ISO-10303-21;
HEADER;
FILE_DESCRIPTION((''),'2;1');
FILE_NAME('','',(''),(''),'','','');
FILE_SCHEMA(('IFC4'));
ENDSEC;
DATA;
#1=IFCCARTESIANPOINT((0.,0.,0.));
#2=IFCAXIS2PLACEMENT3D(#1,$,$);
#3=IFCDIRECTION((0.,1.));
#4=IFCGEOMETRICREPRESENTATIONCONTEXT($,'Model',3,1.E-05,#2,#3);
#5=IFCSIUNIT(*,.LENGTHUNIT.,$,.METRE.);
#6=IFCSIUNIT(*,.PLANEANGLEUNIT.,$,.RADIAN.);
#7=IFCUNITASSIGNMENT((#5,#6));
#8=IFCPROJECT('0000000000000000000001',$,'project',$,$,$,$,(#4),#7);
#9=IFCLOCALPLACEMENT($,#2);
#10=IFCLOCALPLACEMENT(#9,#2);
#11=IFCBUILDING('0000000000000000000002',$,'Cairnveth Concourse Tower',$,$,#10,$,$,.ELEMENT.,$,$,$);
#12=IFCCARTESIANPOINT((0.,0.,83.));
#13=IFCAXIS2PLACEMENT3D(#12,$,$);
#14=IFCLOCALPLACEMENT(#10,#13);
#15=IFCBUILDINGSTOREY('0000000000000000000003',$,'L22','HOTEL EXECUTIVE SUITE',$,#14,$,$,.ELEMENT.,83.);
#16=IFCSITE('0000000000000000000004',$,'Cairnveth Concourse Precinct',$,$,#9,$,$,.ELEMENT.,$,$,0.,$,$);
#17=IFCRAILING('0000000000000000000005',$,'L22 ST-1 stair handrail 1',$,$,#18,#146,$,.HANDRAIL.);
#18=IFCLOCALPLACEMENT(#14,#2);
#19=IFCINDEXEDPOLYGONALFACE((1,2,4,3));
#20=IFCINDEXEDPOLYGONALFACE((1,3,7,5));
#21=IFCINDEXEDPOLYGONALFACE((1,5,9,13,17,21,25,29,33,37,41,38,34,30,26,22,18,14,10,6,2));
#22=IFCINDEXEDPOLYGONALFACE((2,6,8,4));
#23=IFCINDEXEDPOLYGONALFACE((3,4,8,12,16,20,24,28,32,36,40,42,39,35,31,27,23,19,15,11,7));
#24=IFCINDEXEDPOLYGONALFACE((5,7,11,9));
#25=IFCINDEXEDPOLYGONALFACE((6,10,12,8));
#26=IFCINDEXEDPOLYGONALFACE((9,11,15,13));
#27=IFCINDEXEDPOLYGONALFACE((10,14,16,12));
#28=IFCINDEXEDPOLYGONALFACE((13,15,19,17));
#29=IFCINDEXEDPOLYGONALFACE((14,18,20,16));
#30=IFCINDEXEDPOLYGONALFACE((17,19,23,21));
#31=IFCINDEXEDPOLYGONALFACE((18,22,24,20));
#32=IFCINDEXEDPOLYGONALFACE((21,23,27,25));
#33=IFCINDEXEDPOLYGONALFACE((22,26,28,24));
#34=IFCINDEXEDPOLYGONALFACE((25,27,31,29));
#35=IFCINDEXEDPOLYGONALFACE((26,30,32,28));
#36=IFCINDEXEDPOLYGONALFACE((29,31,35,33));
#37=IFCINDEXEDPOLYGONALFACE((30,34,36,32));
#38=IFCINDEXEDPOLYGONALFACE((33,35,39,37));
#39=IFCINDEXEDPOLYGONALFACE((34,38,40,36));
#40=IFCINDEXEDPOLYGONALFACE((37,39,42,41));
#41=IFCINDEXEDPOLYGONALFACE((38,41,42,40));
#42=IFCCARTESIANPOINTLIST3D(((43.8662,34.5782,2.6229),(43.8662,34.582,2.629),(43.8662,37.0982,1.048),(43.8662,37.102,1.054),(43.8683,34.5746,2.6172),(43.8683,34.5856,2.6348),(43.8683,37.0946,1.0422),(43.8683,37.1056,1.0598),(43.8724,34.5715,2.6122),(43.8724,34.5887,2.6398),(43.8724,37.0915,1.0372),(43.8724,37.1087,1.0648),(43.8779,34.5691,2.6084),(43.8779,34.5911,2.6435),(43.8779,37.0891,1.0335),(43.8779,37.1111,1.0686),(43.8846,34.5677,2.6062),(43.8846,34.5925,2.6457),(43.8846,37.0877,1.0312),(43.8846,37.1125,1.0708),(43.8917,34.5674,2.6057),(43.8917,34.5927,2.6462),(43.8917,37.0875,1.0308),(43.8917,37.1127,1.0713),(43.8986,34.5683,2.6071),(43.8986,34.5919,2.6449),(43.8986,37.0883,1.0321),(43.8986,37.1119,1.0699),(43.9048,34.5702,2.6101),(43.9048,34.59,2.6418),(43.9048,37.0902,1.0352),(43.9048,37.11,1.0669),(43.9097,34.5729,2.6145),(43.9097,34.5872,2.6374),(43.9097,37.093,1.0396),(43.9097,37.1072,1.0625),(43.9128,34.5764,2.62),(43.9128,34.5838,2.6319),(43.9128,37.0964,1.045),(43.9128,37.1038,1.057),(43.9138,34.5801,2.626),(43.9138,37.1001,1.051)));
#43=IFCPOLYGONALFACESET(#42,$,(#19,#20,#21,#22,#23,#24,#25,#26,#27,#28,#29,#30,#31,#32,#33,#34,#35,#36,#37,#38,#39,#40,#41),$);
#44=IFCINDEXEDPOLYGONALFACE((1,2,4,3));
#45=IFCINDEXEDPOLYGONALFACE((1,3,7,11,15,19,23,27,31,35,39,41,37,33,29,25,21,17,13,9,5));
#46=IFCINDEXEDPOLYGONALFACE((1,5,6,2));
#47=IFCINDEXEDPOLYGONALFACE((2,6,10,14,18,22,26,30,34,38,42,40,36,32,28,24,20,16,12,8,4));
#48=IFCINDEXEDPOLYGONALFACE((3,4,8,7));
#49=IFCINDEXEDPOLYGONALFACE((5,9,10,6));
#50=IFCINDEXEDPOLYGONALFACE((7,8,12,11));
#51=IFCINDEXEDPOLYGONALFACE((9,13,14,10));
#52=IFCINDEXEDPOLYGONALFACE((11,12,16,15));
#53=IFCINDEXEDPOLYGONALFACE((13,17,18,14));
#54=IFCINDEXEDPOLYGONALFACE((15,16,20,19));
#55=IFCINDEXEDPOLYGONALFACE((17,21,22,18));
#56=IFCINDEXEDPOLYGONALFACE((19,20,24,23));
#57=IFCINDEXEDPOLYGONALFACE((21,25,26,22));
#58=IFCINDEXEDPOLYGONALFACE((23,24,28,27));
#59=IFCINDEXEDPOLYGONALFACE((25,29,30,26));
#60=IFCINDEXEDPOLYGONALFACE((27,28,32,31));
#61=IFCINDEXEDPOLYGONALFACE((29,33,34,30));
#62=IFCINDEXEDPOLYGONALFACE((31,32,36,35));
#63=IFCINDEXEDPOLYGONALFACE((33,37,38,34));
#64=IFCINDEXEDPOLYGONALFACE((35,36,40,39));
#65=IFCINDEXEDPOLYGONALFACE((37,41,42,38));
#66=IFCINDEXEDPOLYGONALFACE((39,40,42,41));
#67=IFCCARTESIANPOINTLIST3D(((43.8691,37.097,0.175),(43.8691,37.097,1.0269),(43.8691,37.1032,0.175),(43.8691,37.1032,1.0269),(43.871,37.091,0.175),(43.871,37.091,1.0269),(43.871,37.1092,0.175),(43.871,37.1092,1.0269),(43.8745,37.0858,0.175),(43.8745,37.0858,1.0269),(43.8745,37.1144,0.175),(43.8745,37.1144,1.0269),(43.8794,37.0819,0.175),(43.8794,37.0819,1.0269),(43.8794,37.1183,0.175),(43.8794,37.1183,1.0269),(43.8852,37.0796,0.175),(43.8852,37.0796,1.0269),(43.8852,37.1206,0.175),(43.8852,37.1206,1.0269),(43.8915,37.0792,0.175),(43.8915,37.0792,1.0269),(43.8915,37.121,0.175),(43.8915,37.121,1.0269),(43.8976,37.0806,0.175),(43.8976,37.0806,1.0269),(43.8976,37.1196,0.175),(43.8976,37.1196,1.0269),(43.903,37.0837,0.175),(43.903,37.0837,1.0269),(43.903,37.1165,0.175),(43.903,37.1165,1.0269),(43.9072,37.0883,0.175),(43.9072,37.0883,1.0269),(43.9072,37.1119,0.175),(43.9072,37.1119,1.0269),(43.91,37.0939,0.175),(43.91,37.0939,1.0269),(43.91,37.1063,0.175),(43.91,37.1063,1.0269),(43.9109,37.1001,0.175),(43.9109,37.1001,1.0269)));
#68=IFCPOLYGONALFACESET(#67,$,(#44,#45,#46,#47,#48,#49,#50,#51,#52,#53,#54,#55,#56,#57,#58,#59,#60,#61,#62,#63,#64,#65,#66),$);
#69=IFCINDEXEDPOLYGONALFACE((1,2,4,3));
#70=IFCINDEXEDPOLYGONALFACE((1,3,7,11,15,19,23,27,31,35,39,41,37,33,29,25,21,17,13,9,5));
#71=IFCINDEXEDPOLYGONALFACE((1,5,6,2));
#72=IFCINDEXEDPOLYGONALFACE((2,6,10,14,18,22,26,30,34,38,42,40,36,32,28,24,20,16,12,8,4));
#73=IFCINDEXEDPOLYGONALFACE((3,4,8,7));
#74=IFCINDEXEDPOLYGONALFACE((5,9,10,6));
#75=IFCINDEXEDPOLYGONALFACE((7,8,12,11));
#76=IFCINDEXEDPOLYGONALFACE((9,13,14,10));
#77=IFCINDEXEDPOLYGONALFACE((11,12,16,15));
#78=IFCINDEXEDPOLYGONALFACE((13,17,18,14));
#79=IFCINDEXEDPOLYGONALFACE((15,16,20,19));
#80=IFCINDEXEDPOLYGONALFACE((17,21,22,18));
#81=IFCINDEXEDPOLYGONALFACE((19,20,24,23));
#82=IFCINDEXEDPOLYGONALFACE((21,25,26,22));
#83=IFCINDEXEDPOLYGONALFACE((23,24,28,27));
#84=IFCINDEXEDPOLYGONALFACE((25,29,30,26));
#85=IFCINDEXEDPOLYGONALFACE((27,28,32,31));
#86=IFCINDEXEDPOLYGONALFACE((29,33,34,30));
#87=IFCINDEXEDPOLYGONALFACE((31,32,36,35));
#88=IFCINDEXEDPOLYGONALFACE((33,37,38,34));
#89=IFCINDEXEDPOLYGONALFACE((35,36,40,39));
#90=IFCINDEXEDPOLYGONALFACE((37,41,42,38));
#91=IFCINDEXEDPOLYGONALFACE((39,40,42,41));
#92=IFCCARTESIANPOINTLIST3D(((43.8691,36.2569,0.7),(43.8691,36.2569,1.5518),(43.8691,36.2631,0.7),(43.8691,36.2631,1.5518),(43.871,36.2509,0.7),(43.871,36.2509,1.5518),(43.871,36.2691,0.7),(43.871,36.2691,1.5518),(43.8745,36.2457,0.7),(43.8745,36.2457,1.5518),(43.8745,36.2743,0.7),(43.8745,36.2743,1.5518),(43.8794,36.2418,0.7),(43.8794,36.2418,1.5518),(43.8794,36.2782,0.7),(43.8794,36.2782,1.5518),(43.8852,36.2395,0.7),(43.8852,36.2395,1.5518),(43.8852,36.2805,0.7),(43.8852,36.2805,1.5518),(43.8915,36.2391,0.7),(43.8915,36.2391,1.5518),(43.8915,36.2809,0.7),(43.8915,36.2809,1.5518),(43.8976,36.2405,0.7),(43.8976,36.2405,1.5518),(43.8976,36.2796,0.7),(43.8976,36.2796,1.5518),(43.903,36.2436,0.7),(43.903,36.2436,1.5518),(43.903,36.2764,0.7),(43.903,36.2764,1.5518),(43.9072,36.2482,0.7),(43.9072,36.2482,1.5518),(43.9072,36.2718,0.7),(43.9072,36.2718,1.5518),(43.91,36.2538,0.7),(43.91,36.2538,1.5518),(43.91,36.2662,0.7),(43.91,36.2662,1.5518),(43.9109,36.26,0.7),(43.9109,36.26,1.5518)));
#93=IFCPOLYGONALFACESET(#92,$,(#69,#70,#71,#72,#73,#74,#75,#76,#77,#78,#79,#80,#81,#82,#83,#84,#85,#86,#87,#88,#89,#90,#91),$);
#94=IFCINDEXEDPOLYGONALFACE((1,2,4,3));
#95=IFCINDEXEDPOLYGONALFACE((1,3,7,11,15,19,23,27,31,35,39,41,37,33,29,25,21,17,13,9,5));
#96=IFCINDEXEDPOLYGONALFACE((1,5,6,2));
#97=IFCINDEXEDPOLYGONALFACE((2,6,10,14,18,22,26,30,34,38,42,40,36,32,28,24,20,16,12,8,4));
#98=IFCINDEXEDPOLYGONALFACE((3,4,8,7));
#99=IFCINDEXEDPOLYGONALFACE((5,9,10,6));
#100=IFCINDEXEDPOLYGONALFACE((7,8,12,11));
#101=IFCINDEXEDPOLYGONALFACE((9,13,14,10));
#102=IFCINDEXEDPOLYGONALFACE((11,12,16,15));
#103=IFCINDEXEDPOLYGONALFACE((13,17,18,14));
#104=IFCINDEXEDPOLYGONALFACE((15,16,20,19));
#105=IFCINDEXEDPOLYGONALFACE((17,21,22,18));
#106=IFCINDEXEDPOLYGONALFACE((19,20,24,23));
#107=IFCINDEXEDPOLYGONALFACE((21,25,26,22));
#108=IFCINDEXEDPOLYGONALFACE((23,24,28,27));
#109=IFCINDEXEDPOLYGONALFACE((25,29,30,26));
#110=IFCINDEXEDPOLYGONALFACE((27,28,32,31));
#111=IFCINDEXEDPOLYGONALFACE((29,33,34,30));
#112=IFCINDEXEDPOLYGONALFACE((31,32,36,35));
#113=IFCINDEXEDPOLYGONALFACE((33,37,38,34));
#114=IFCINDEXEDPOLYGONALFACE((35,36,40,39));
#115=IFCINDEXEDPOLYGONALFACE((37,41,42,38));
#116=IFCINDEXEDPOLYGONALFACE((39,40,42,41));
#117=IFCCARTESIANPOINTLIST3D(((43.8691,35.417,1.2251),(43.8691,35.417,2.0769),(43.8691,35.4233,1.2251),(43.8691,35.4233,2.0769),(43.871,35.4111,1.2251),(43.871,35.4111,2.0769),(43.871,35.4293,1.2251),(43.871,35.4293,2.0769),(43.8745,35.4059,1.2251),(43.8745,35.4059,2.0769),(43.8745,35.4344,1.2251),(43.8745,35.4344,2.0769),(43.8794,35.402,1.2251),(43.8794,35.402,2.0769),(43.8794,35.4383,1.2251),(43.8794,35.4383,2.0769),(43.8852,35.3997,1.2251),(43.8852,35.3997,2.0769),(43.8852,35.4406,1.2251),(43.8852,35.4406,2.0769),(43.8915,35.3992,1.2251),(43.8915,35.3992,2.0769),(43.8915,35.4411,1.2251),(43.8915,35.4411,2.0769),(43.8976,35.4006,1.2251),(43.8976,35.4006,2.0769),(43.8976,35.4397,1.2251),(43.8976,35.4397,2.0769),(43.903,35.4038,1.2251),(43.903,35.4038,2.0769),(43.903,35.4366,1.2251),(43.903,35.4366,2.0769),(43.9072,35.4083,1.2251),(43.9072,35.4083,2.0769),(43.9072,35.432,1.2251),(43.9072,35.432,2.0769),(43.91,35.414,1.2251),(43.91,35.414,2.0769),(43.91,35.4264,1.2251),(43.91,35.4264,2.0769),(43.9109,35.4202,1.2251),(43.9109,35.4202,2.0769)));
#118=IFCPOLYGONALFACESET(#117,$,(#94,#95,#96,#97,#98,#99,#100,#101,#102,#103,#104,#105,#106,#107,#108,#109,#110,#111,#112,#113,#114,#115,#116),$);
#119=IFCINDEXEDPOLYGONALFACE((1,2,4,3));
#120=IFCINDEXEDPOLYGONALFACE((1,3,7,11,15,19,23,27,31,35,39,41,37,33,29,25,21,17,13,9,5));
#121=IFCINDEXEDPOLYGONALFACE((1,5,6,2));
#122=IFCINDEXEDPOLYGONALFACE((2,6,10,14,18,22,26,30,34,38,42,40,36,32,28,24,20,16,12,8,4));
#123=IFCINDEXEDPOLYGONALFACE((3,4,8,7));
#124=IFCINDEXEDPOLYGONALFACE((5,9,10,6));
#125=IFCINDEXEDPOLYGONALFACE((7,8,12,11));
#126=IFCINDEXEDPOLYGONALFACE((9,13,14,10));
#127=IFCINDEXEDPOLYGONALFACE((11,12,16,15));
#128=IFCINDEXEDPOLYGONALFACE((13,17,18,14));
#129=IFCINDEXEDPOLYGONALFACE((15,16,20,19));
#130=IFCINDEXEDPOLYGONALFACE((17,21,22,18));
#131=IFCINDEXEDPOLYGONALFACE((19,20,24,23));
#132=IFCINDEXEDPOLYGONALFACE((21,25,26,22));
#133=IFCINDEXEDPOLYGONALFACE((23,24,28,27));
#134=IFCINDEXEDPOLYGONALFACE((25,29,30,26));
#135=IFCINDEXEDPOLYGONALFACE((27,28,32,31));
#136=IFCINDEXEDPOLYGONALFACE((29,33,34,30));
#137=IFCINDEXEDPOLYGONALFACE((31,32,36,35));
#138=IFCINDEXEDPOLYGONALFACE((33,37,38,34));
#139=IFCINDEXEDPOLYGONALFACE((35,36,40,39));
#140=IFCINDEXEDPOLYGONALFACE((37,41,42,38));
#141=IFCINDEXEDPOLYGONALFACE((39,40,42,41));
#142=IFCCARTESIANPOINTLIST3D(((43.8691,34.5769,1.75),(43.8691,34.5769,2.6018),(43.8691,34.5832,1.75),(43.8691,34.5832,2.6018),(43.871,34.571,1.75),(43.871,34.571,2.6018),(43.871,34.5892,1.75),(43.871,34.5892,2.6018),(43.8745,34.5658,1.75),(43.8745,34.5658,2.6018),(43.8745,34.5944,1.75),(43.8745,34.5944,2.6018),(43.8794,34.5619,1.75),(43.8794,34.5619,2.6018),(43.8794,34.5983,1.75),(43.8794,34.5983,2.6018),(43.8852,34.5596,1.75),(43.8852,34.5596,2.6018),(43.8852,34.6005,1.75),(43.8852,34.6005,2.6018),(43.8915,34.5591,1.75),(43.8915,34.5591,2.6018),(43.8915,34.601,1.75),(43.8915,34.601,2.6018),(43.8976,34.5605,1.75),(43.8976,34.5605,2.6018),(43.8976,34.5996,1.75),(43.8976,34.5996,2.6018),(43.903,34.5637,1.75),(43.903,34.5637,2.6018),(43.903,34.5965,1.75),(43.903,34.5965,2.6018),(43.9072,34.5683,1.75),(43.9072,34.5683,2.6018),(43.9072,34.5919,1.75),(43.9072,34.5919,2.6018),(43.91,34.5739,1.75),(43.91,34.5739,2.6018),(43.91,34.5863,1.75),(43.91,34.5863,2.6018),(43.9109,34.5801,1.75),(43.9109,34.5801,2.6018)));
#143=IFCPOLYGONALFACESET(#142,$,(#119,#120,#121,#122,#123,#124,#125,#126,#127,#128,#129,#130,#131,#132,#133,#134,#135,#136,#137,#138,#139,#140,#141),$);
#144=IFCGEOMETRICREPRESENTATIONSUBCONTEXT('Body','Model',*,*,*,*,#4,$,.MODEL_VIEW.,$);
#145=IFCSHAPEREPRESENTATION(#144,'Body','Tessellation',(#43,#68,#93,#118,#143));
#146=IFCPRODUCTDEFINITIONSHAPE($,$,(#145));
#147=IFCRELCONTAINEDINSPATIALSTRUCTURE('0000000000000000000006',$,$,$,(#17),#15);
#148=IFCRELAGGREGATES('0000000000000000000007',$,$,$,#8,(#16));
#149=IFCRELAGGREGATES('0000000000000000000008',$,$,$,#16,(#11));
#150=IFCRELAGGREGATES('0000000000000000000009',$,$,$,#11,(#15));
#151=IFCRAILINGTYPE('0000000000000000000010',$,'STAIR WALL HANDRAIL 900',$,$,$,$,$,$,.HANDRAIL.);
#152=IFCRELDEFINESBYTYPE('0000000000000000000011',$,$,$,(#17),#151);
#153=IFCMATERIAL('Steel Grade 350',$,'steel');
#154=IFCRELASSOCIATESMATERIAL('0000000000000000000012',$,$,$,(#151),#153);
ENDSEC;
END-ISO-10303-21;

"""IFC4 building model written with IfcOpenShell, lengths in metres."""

from ifc_helpers import new_model, si_unit, direction, frame, origin, origin_2d, place, context, subcontext, project, spatial, circle, extrude, material, type_object, element, save


model = new_model("IFC4")

# Units and contexts
model_context = context("Model", 3, precision=1e-05, world=origin(), true_north=direction((0.0, 1.0)))
body_context = subcontext(model_context, "Body", "Model", "MODEL_VIEW")
ifc_project = project(units=[si_unit("LENGTHUNIT", "METRE"), si_unit("PLANEANGLEUNIT", "RADIAN")], contexts=[model_context])

# Site, building, storey
site_placement = place(None, origin())
site = spatial("IfcSite", under=ifc_project, at=site_placement, Name="Cairnveth Concourse Precinct", CompositionType="ELEMENT", RefElevation=0.0)
building_placement = place(site_placement, origin())
building = spatial("IfcBuilding", under=site, at=building_placement, Name="Cairnveth Concourse Tower", CompositionType="ELEMENT")
storey_placement = place(building_placement, frame((0.0, 0.0, 83.0)))
storey = spatial("IfcBuildingStorey", under=building, at=storey_placement, Name="L22", Description="HOTEL EXECUTIVE SUITE", CompositionType="ELEMENT", Elevation=83.0)

# Shared definitions
ifc_material_1 = material(Name="Steel Grade 350", Category="steel")

# Railing
railing_type_1 = type_object("IfcRailingType", Name="STAIR WALL HANDRAIL 900", PredefinedType="HANDRAIL", material=ifc_material_1)
railing_1_placement = place(storey_placement, frame((43.8899, 37.1001, 0.175)))
element("IfcRailing", 1, at=railing_1_placement, inside=storey, type_object=railing_type_1, Name="L22 ST-1 stair handrail 1", PredefinedType="HANDRAIL", context=body_context, shape_type="SweptSolid", body=[
    extrude(circle(Radius=0.0239, at=origin_2d()), frame((0.0, 0.0, 0.876), z_axis=(0.0, -0.848008, 0.529984), x_axis=(1.0, 0.0, 0.0)), (0.0, 0.0, 1.0), 2.9717),
    extrude(circle(Radius=0.021, at=origin_2d()), origin(), (0.0, 0.0, 1.0), 0.8518),
    extrude(circle(Radius=0.021, at=origin_2d()), frame((0.0, -0.8401, 0.5249)), (0.0, 0.0, 1.0), 0.8518),
    extrude(circle(Radius=0.021, at=origin_2d()), frame((0.0, -1.6799, 1.05)), (0.0, 0.0, 1.0), 0.8518),
    extrude(circle(Radius=0.021, at=origin_2d()), frame((0.0, -2.52, 1.575)), (0.0, 0.0, 1.0), 0.8518),
])

save(model, "model.ifc")
